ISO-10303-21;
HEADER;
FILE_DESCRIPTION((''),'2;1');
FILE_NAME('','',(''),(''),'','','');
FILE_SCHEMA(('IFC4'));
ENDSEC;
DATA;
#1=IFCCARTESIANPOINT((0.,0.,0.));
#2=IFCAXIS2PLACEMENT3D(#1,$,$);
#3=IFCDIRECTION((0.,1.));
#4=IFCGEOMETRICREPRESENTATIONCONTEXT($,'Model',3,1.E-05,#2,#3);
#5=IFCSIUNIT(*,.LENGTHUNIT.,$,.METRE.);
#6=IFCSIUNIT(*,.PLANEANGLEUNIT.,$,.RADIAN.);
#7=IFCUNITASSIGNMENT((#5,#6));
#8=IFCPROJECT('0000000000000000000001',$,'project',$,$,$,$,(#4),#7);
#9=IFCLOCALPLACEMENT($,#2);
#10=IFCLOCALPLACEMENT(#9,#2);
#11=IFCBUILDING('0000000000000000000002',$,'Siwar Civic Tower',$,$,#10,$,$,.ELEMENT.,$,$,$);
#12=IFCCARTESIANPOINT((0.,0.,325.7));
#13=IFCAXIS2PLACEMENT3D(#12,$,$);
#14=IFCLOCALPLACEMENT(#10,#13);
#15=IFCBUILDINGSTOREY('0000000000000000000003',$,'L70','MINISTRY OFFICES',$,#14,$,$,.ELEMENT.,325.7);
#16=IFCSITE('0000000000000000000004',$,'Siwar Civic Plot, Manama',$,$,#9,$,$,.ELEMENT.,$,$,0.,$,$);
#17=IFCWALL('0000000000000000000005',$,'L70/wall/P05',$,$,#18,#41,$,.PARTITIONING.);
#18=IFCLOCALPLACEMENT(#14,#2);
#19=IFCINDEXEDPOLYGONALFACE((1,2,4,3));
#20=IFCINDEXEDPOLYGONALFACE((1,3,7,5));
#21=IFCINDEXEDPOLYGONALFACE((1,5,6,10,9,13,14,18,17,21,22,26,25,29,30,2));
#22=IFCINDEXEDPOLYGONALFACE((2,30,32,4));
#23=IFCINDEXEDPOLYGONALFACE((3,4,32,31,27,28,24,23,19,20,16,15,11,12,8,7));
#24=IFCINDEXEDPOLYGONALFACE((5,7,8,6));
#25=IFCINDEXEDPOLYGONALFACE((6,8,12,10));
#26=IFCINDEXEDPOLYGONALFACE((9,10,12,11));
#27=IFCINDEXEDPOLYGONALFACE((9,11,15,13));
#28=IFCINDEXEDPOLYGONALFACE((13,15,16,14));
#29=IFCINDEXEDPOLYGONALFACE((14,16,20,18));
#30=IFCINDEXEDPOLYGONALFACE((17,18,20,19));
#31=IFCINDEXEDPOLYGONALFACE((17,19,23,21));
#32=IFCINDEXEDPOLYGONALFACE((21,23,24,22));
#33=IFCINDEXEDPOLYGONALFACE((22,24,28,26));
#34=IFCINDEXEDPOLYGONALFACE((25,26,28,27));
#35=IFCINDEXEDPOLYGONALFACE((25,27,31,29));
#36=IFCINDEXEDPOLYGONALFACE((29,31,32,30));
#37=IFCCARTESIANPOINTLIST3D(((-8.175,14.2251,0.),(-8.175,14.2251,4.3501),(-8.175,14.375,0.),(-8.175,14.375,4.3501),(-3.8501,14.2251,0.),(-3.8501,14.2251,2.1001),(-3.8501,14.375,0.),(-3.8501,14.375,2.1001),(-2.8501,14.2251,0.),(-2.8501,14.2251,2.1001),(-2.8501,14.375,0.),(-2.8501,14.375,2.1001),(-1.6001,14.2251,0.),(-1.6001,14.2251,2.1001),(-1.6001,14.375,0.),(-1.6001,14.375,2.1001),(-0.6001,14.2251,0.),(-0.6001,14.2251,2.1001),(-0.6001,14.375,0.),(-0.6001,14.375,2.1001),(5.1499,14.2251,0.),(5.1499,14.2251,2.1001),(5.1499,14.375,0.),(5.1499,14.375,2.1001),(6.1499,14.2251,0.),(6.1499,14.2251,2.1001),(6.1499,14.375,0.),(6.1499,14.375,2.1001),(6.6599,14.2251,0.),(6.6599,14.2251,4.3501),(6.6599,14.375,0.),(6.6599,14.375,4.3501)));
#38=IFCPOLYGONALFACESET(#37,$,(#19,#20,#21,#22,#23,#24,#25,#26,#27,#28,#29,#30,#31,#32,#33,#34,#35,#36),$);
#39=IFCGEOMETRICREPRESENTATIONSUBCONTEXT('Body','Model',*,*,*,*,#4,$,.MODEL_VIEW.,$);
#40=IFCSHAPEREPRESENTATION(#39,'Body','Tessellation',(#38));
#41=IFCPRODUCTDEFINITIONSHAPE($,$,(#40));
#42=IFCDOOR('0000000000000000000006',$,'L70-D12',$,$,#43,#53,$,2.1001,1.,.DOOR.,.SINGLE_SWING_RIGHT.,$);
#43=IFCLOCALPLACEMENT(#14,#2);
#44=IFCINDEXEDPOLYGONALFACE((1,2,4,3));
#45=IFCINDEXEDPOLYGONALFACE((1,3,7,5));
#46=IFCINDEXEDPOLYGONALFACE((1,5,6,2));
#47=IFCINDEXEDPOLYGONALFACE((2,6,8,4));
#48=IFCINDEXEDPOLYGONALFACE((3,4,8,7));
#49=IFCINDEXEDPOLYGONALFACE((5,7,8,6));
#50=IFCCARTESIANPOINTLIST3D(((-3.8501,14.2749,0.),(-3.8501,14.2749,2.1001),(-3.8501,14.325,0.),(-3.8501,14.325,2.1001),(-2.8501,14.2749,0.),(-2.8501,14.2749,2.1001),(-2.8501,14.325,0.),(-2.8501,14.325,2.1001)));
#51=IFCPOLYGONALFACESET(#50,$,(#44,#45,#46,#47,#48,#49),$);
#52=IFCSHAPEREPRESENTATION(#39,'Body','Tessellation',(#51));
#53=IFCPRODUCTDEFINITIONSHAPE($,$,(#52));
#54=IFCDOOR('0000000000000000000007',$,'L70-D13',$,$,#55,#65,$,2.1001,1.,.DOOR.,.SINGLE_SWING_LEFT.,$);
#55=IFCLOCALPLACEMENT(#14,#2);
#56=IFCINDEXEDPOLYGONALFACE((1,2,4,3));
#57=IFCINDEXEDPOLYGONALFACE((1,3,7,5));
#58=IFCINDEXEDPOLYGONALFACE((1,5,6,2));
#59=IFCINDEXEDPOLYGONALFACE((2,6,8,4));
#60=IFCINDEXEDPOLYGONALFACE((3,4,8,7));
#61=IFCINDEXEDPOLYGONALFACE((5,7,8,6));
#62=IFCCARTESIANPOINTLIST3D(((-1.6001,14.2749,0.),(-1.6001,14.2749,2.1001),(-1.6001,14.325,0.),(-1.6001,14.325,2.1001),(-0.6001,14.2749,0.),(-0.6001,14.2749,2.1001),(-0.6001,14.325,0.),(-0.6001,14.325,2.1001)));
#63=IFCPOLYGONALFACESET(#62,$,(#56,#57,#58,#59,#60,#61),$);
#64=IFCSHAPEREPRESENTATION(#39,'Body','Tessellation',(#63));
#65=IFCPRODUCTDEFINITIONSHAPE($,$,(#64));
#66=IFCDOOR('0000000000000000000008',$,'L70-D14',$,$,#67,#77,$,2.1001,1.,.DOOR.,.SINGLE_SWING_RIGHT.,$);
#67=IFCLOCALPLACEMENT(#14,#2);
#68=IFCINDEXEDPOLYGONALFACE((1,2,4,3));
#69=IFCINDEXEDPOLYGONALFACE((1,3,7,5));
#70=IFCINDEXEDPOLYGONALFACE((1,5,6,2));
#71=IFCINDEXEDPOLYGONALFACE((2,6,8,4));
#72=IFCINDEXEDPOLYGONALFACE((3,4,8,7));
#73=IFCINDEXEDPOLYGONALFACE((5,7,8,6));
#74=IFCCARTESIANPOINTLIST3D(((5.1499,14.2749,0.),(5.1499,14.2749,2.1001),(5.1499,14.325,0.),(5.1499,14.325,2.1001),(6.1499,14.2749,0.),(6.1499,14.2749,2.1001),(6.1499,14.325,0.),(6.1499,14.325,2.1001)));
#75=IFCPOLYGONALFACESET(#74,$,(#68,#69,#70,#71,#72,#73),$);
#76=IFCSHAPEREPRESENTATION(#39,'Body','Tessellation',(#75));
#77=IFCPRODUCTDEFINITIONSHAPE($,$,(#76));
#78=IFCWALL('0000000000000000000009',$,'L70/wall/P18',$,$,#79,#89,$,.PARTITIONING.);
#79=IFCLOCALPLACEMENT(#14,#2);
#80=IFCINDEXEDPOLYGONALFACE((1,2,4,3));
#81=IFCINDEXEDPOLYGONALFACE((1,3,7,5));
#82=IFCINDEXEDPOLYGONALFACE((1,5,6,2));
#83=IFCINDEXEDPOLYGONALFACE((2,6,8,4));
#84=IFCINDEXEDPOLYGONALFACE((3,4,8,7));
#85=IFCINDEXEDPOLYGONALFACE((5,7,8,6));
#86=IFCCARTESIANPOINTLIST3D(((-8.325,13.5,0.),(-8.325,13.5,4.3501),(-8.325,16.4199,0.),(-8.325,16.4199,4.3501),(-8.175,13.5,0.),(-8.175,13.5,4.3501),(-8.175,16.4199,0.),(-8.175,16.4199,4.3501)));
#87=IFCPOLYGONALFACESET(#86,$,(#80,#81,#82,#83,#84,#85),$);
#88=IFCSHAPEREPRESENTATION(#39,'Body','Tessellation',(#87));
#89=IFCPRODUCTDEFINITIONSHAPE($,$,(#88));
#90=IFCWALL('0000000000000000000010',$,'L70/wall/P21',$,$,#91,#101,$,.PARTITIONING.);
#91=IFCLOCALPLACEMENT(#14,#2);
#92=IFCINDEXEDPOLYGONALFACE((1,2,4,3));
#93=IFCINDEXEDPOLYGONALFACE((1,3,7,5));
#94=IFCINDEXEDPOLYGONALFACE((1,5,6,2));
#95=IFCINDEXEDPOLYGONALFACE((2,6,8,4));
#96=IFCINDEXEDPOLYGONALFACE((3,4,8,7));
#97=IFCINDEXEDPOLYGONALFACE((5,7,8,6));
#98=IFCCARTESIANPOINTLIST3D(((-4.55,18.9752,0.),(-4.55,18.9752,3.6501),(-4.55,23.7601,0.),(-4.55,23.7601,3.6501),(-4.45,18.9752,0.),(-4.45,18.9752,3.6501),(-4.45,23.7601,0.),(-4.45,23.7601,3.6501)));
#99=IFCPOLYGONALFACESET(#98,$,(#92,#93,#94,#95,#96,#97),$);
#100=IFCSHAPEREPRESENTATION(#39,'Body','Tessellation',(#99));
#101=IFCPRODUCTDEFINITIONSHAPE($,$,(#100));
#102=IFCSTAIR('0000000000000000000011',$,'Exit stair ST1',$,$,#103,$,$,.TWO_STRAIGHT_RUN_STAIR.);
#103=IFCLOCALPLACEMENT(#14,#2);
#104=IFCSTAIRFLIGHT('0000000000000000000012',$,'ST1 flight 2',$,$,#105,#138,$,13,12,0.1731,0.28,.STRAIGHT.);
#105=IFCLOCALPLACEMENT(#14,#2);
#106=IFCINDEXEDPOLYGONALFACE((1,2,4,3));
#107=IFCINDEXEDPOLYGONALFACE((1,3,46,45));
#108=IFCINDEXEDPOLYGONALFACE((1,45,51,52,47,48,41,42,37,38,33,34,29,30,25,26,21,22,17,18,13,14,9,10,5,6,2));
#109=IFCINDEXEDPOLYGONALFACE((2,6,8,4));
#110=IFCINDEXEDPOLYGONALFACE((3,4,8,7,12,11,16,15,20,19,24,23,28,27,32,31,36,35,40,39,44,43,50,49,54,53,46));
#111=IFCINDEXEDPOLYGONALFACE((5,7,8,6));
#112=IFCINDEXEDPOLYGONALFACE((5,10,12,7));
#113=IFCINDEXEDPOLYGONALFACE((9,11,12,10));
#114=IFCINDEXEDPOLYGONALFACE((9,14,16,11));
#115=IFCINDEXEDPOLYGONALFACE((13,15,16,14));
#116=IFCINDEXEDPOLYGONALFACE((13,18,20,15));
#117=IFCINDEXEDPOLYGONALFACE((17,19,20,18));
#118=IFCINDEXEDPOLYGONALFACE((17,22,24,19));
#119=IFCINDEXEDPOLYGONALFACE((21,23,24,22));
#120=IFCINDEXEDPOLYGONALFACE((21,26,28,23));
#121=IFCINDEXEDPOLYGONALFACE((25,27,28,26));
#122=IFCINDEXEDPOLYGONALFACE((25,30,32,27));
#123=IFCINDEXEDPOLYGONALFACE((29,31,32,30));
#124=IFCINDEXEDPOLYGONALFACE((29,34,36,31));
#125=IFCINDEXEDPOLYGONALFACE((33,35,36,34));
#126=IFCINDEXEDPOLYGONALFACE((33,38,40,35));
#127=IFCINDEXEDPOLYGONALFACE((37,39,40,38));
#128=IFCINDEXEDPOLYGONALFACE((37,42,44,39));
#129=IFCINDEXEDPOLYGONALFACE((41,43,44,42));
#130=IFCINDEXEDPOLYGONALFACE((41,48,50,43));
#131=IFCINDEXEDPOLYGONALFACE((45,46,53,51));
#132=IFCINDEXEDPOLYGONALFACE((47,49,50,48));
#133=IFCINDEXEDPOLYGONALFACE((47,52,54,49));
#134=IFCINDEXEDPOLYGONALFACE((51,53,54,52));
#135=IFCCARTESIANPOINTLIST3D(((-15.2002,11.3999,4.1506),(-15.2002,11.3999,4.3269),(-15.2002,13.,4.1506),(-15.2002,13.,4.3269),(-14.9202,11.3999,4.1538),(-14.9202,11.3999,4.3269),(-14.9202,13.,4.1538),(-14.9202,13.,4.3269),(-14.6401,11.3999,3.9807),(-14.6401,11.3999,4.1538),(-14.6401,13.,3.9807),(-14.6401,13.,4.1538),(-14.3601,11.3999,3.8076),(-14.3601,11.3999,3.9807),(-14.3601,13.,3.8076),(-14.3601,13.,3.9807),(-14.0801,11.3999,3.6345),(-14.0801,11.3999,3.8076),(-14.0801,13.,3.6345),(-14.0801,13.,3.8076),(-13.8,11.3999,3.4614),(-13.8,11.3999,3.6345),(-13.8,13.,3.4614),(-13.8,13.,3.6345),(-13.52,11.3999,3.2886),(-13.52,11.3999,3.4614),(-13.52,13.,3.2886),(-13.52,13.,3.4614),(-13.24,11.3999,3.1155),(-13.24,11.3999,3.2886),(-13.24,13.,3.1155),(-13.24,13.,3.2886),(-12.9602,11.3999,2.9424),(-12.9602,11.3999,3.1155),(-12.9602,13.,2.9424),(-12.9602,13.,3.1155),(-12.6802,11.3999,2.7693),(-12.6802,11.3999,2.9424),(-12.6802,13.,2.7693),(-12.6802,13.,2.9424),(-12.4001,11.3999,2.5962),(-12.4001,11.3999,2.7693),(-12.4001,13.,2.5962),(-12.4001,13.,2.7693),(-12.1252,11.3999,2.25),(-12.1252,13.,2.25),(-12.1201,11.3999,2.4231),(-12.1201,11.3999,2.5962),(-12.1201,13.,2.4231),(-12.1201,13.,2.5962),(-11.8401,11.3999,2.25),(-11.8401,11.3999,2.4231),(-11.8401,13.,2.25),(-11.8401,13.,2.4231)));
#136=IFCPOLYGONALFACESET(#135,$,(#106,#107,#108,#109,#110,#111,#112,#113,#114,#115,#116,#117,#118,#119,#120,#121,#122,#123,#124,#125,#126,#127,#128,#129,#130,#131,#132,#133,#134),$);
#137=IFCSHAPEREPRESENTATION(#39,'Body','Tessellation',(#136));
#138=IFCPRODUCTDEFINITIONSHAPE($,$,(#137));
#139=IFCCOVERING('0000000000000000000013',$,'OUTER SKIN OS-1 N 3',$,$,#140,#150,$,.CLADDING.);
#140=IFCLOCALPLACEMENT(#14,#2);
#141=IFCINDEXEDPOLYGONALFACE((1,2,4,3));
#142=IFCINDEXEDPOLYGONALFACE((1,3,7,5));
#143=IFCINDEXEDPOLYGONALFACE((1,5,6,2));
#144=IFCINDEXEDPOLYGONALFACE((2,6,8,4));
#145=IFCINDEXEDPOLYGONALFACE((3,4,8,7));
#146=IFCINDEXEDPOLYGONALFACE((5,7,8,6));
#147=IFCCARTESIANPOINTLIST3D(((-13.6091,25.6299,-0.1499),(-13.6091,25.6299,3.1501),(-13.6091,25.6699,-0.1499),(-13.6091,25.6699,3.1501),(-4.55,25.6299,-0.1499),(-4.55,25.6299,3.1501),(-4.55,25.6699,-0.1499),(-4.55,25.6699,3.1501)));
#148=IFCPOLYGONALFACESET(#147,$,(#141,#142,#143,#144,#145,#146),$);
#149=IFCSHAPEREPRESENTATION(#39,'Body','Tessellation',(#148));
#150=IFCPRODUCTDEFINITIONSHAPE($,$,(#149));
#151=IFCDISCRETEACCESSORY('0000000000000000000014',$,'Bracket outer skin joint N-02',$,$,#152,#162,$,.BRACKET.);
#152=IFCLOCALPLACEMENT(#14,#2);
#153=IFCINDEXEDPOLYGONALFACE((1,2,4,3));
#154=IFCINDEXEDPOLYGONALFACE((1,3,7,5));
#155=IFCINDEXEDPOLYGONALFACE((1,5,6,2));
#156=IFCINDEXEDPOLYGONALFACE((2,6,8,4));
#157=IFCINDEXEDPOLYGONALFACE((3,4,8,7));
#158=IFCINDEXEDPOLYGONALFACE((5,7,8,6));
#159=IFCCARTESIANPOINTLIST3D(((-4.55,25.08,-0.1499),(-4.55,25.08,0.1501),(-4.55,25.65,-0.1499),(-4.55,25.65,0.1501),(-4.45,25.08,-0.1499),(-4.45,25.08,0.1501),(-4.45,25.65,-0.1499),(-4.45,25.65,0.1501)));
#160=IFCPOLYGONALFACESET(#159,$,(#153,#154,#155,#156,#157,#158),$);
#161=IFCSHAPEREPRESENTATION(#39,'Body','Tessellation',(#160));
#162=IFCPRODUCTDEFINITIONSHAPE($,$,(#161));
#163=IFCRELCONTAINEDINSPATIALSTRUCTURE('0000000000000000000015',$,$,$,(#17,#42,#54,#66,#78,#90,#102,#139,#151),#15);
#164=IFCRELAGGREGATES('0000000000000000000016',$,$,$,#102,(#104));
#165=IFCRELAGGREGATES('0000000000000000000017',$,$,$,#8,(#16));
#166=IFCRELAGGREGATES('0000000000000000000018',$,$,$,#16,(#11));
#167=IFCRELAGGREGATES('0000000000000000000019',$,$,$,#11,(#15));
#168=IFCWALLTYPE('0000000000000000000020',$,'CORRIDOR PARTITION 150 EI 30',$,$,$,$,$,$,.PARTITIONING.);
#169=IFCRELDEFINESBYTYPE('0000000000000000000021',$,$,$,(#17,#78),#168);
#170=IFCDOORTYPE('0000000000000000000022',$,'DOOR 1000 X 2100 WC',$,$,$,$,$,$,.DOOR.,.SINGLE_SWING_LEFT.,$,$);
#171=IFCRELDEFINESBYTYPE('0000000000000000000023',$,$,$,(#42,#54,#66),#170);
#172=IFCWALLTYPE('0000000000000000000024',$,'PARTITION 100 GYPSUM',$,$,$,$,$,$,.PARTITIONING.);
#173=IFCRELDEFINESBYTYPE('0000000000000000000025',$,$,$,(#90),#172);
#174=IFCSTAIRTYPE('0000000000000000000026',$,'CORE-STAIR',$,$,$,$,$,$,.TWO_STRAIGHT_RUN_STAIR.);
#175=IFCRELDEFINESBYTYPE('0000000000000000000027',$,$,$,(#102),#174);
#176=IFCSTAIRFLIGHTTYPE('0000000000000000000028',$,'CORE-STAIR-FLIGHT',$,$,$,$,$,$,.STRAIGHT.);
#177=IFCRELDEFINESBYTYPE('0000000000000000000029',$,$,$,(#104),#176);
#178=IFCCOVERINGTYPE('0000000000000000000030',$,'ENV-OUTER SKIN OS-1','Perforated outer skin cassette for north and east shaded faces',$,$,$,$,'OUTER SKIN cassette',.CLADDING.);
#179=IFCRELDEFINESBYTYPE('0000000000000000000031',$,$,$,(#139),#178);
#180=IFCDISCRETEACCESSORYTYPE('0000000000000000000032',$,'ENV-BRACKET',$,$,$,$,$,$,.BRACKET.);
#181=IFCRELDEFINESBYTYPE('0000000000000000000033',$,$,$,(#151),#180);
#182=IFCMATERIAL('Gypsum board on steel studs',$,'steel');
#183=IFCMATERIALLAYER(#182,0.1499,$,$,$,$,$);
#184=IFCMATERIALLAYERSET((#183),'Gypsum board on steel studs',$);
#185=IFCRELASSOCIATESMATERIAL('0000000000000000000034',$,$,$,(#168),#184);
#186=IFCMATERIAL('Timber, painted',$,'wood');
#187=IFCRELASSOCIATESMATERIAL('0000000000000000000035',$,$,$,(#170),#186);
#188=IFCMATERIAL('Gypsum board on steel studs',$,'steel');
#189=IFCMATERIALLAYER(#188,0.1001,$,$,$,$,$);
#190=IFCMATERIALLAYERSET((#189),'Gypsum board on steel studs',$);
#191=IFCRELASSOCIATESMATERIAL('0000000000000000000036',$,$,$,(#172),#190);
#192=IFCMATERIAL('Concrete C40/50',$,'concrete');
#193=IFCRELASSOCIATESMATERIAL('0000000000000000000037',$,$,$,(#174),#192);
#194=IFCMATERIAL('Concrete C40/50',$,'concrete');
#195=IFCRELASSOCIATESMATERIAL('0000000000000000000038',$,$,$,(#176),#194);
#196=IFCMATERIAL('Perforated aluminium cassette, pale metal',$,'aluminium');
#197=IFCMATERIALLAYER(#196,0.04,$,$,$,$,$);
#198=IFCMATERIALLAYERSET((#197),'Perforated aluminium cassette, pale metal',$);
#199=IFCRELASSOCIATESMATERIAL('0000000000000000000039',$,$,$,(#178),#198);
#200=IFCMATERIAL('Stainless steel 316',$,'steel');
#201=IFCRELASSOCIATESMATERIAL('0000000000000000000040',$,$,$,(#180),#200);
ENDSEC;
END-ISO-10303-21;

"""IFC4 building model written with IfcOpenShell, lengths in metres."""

from ifc_helpers import new_model, si_unit, direction, frame, frame_2d, origin, origin_2d, place, context, subcontext, project, spatial, polyline, rectangle, outline, extrude, material, layer, layer_set, type_object, element, fill, aggregate, save


model = new_model("IFC4")

# Units and contexts
model_context = context("Model", 3, precision=1e-05, world=origin(), true_north=direction((0.0, 1.0)))
body_context = subcontext(model_context, "Body", "Model", "MODEL_VIEW")
ifc_project = project(units=[si_unit("LENGTHUNIT", "METRE"), si_unit("PLANEANGLEUNIT", "RADIAN")], contexts=[model_context])

# Site, building, storey
site_placement = place(None, origin())
site = spatial("IfcSite", under=ifc_project, at=site_placement, Name="Siwar Civic Plot, Manama", CompositionType="ELEMENT", RefElevation=0.0)
building_placement = place(site_placement, origin())
building = spatial("IfcBuilding", under=site, at=building_placement, Name="Siwar Civic Tower", CompositionType="ELEMENT")
storey_placement = place(building_placement, frame((0.0, 0.0, 325.7)))
storey = spatial("IfcBuildingStorey", under=building, at=storey_placement, Name="L70", Description="MINISTRY OFFICES", CompositionType="ELEMENT", Elevation=325.7)

# Wall, openings, doors
ifc_material_1 = material(Name="Gypsum board on steel studs", Category="steel")
ifc_layer_1 = layer(ifc_material_1, 0.1499)
ifc_layer_set_1 = layer_set([ifc_layer_1], Name="Gypsum board on steel studs")
wall_type_1 = type_object("IfcWallType", Name="CORRIDOR PARTITION 150 EI 30", PredefinedType="PARTITIONING", material=ifc_layer_set_1)
wall_1_placement = place(storey_placement, frame((-8.175, 14.3, 0.0), z_axis=(0.0, 0.0, 1.0), x_axis=(1.0, 0.0, 0.0)))
wall_1 = element("IfcWall", 1, at=wall_1_placement, inside=storey, type_object=wall_type_1, Name="L70/wall/P05", PredefinedType="PARTITIONING", context=body_context, shape_type="SweptSolid", body=[
    extrude(rectangle(XDim=14.835, YDim=0.1499, at=frame_2d((7.4175, 0.0))), origin(), (0.0, 0.0, 1.0), 4.3501),
])
opening_1_placement = place(wall_1_placement, frame((4.325, 0.0, 0.0)))
opening_1 = element("IfcOpeningElement", 2, at=opening_1_placement, cuts=wall_1, PredefinedType="OPENING", context=body_context, shape_type="SweptSolid", body=[
    extrude(rectangle(XDim=1.0, YDim=2.1001, at=frame_2d((0.5, 1.05))), frame((0.0, 0.085, 0.0), z_axis=(0.0, -1.0, 0.0), x_axis=(1.0, 0.0, 0.0)), (0.0, 0.0, 1.0), 0.1699),
])
opening_2_placement = place(wall_1_placement, frame((6.575, 0.0, 0.0)))
opening_2 = element("IfcOpeningElement", 3, at=opening_2_placement, cuts=wall_1, PredefinedType="OPENING", context=body_context, shape_type="SweptSolid", body=[
    extrude(rectangle(XDim=1.0, YDim=2.1001, at=frame_2d((0.5, 1.05))), frame((0.0, 0.085, 0.0), z_axis=(0.0, -1.0, 0.0), x_axis=(1.0, 0.0, 0.0)), (0.0, 0.0, 1.0), 0.1699),
])
opening_3_placement = place(wall_1_placement, frame((13.325, 0.0, 0.0)))
opening_3 = element("IfcOpeningElement", 4, at=opening_3_placement, cuts=wall_1, PredefinedType="OPENING", context=body_context, shape_type="SweptSolid", body=[
    extrude(rectangle(XDim=1.0, YDim=2.1001, at=frame_2d((0.5, 1.05))), frame((0.0, 0.085, 0.0), z_axis=(0.0, -1.0, 0.0), x_axis=(1.0, 0.0, 0.0)), (0.0, 0.0, 1.0), 0.1699),
])
ifc_material_2 = material(Name="Timber, painted", Category="wood")
door_type_1 = type_object("IfcDoorType", Name="DOOR 1000 X 2100 WC", OperationType="SINGLE_SWING_LEFT", PredefinedType="DOOR", material=ifc_material_2)
door_1_placement = place(opening_1_placement, origin())
door_1 = element("IfcDoor", 5, at=door_1_placement, inside=storey, type_object=door_type_1, Name="L70-D12", OperationType="SINGLE_SWING_RIGHT", OverallHeight=2.1001, OverallWidth=1.0, PredefinedType="DOOR", context=body_context, shape_type="SweptSolid", body=[
    extrude(rectangle(XDim=1.0, YDim=2.1001, at=frame_2d((0.5, 1.05))), frame((0.0, 0.0249, 0.0), z_axis=(0.0, -1.0, 0.0), x_axis=(1.0, 0.0, 0.0)), (0.0, 0.0, 1.0), 0.05),
])
fill(opening_1, door_1)
door_2_placement = place(opening_2_placement, origin())
door_2 = element("IfcDoor", 6, at=door_2_placement, inside=storey, type_object=door_type_1, Name="L70-D13", OperationType="SINGLE_SWING_LEFT", OverallHeight=2.1001, OverallWidth=1.0, PredefinedType="DOOR", context=body_context, shape_type="SweptSolid", body=[
    extrude(rectangle(XDim=1.0, YDim=2.1001, at=frame_2d((0.5, 1.05))), frame((0.0, 0.0249, 0.0), z_axis=(0.0, -1.0, 0.0), x_axis=(1.0, 0.0, 0.0)), (0.0, 0.0, 1.0), 0.05),
])
fill(opening_2, door_2)
door_3_placement = place(opening_3_placement, origin())
door_3 = element("IfcDoor", 7, at=door_3_placement, inside=storey, type_object=door_type_1, Name="L70-D14", OperationType="SINGLE_SWING_RIGHT", OverallHeight=2.1001, OverallWidth=1.0, PredefinedType="DOOR", context=body_context, shape_type="SweptSolid", body=[
    extrude(rectangle(XDim=1.0, YDim=2.1001, at=frame_2d((0.5, 1.05))), frame((0.0, 0.0249, 0.0), z_axis=(0.0, -1.0, 0.0), x_axis=(1.0, 0.0, 0.0)), (0.0, 0.0, 1.0), 0.05),
])
fill(opening_3, door_3)

# Walls
wall_2_placement = place(storey_placement, frame((-8.25, 13.5, 0.0), z_axis=(0.0, 0.0, 1.0), x_axis=(0.0, 1.0, 0.0)))
element("IfcWall", 8, at=wall_2_placement, inside=storey, type_object=wall_type_1, Name="L70/wall/P18", PredefinedType="PARTITIONING", context=body_context, shape_type="SweptSolid", body=[
    extrude(rectangle(XDim=2.9199, YDim=0.1499, at=frame_2d((1.46, 0.0))), origin(), (0.0, 0.0, 1.0), 4.3501),
])
ifc_material_3 = material(Name="Gypsum board on steel studs", Category="steel")
ifc_layer_2 = layer(ifc_material_3, 0.1001)
ifc_layer_set_2 = layer_set([ifc_layer_2], Name="Gypsum board on steel studs")
wall_type_2 = type_object("IfcWallType", Name="PARTITION 100 GYPSUM", PredefinedType="PARTITIONING", material=ifc_layer_set_2)
wall_3_placement = place(storey_placement, frame((-4.5, 18.9751, 0.0), z_axis=(0.0, 0.0, 1.0), x_axis=(0.0, 1.0, 0.0)))
element("IfcWall", 9, at=wall_3_placement, inside=storey, type_object=wall_type_2, Name="L70/wall/P21", PredefinedType="PARTITIONING", context=body_context, shape_type="SweptSolid", body=[
    extrude(rectangle(XDim=4.7849, YDim=0.1001, at=frame_2d((2.3926, 0.0))), origin(), (0.0, 0.0, 1.0), 3.6501),
])

# Stair, stair flight
ifc_material_4 = material(Name="Concrete C40/50", Category="concrete")
stair_type = type_object("IfcStairType", Name="CORE-STAIR", PredefinedType="TWO_STRAIGHT_RUN_STAIR", material=ifc_material_4)
stair_placement = place(storey_placement, origin())
stair = element("IfcStair", 10, at=stair_placement, inside=storey, type_object=stair_type, Name="Exit stair ST1", PredefinedType="TWO_STRAIGHT_RUN_STAIR")
ifc_material_5 = material(Name="Concrete C40/50", Category="concrete")
stair_flight_type = type_object("IfcStairFlightType", Name="CORE-STAIR-FLIGHT", PredefinedType="STRAIGHT", material=ifc_material_5)
stair_flight_placement = place(storey_placement, frame((-11.8401, 12.2, 2.25), z_axis=(0.0, 0.0, 1.0), x_axis=(-1.0, 0.0, 0.0)))
stair_flight = element("IfcStairFlight", 11, at=stair_flight_placement, type_object=stair_flight_type, Name="ST1 flight 2", NumberOfRisers=13, NumberOfTreads=12, PredefinedType="STRAIGHT", RiserHeight=0.1731, TreadLength=0.28, context=body_context, shape_type="SweptSolid", body=[
    extrude(outline(polyline([(0.0, 0.0), (0.0, 0.1731), (0.28, 0.1731), (0.28, 0.3462), (0.5601, 0.3462), (0.5601, 0.5193), (0.8401, 0.5193), (0.8401, 0.6924), (1.1201, 0.6924), (1.1201, 0.8655), (1.3999, 0.8655), (1.3999, 1.0386), (1.6799, 1.0386), (1.6799, 1.2114), (1.96, 1.2114), (1.96, 1.3845), (2.24, 1.3845), (2.24, 1.5576), (2.52, 1.5576), (2.52, 1.7307), (2.8, 1.7307), (2.8, 1.9038), (3.0801, 1.9038), (3.0801, 2.0769), (3.3601, 2.0769), (3.3601, 2.25), (3.3601, 1.9006), (0.2852, 0.0), (0.0, 0.0)])), frame((0.0, 0.8, 0.0), z_axis=(0.0, -1.0, 0.0), x_axis=(1.0, 0.0, 0.0)), (0.0, 0.0, 1.0), 1.6001),
])
aggregate(stair, [stair_flight])

# Covering
ifc_material_6 = material(Name="Perforated aluminium cassette, pale metal", Category="aluminium")
ifc_layer_3 = layer(ifc_material_6, 0.04)
ifc_layer_set_3 = layer_set([ifc_layer_3], Name="Perforated aluminium cassette, pale metal")
covering_type = type_object("IfcCoveringType", Name="ENV-OUTER SKIN OS-1", Description="Perforated outer skin cassette for north and east shaded faces", ElementType="OUTER SKIN cassette", PredefinedType="CLADDING", material=ifc_layer_set_3)
covering_placement = place(storey_placement, frame((-9.0796, 25.6499, -0.1499), z_axis=(0.0, 0.0, 1.0), x_axis=(-1.0, 0.0, 0.0)))
element("IfcCovering", 12, at=covering_placement, inside=storey, type_object=covering_type, Name="OUTER SKIN OS-1 N 3", PredefinedType="CLADDING", context=body_context, shape_type="SweptSolid", body=[
    extrude(rectangle(XDim=9.0591, YDim=0.04, at=origin_2d()), origin(), (0.0, 0.0, 1.0), 3.3),
])

# Discrete accessory
ifc_material_7 = material(Name="Stainless steel 316", Category="steel")
discrete_accessory_type = type_object("IfcDiscreteAccessoryType", Name="ENV-BRACKET", PredefinedType="BRACKET", material=ifc_material_7)
discrete_accessory_placement = place(storey_placement, frame((-4.5, 25.365, -0.1499), z_axis=(0.0, 0.0, 1.0), x_axis=(0.0, 1.0, 0.0)))
element("IfcDiscreteAccessory", 13, at=discrete_accessory_placement, inside=storey, type_object=discrete_accessory_type, Name="Bracket outer skin joint N-02", PredefinedType="BRACKET", context=body_context, shape_type="SweptSolid", body=[
    extrude(rectangle(XDim=0.5701, YDim=0.1001, at=origin_2d()), origin(), (0.0, 0.0, 1.0), 0.3),
])

save(model, "model.ifc")
